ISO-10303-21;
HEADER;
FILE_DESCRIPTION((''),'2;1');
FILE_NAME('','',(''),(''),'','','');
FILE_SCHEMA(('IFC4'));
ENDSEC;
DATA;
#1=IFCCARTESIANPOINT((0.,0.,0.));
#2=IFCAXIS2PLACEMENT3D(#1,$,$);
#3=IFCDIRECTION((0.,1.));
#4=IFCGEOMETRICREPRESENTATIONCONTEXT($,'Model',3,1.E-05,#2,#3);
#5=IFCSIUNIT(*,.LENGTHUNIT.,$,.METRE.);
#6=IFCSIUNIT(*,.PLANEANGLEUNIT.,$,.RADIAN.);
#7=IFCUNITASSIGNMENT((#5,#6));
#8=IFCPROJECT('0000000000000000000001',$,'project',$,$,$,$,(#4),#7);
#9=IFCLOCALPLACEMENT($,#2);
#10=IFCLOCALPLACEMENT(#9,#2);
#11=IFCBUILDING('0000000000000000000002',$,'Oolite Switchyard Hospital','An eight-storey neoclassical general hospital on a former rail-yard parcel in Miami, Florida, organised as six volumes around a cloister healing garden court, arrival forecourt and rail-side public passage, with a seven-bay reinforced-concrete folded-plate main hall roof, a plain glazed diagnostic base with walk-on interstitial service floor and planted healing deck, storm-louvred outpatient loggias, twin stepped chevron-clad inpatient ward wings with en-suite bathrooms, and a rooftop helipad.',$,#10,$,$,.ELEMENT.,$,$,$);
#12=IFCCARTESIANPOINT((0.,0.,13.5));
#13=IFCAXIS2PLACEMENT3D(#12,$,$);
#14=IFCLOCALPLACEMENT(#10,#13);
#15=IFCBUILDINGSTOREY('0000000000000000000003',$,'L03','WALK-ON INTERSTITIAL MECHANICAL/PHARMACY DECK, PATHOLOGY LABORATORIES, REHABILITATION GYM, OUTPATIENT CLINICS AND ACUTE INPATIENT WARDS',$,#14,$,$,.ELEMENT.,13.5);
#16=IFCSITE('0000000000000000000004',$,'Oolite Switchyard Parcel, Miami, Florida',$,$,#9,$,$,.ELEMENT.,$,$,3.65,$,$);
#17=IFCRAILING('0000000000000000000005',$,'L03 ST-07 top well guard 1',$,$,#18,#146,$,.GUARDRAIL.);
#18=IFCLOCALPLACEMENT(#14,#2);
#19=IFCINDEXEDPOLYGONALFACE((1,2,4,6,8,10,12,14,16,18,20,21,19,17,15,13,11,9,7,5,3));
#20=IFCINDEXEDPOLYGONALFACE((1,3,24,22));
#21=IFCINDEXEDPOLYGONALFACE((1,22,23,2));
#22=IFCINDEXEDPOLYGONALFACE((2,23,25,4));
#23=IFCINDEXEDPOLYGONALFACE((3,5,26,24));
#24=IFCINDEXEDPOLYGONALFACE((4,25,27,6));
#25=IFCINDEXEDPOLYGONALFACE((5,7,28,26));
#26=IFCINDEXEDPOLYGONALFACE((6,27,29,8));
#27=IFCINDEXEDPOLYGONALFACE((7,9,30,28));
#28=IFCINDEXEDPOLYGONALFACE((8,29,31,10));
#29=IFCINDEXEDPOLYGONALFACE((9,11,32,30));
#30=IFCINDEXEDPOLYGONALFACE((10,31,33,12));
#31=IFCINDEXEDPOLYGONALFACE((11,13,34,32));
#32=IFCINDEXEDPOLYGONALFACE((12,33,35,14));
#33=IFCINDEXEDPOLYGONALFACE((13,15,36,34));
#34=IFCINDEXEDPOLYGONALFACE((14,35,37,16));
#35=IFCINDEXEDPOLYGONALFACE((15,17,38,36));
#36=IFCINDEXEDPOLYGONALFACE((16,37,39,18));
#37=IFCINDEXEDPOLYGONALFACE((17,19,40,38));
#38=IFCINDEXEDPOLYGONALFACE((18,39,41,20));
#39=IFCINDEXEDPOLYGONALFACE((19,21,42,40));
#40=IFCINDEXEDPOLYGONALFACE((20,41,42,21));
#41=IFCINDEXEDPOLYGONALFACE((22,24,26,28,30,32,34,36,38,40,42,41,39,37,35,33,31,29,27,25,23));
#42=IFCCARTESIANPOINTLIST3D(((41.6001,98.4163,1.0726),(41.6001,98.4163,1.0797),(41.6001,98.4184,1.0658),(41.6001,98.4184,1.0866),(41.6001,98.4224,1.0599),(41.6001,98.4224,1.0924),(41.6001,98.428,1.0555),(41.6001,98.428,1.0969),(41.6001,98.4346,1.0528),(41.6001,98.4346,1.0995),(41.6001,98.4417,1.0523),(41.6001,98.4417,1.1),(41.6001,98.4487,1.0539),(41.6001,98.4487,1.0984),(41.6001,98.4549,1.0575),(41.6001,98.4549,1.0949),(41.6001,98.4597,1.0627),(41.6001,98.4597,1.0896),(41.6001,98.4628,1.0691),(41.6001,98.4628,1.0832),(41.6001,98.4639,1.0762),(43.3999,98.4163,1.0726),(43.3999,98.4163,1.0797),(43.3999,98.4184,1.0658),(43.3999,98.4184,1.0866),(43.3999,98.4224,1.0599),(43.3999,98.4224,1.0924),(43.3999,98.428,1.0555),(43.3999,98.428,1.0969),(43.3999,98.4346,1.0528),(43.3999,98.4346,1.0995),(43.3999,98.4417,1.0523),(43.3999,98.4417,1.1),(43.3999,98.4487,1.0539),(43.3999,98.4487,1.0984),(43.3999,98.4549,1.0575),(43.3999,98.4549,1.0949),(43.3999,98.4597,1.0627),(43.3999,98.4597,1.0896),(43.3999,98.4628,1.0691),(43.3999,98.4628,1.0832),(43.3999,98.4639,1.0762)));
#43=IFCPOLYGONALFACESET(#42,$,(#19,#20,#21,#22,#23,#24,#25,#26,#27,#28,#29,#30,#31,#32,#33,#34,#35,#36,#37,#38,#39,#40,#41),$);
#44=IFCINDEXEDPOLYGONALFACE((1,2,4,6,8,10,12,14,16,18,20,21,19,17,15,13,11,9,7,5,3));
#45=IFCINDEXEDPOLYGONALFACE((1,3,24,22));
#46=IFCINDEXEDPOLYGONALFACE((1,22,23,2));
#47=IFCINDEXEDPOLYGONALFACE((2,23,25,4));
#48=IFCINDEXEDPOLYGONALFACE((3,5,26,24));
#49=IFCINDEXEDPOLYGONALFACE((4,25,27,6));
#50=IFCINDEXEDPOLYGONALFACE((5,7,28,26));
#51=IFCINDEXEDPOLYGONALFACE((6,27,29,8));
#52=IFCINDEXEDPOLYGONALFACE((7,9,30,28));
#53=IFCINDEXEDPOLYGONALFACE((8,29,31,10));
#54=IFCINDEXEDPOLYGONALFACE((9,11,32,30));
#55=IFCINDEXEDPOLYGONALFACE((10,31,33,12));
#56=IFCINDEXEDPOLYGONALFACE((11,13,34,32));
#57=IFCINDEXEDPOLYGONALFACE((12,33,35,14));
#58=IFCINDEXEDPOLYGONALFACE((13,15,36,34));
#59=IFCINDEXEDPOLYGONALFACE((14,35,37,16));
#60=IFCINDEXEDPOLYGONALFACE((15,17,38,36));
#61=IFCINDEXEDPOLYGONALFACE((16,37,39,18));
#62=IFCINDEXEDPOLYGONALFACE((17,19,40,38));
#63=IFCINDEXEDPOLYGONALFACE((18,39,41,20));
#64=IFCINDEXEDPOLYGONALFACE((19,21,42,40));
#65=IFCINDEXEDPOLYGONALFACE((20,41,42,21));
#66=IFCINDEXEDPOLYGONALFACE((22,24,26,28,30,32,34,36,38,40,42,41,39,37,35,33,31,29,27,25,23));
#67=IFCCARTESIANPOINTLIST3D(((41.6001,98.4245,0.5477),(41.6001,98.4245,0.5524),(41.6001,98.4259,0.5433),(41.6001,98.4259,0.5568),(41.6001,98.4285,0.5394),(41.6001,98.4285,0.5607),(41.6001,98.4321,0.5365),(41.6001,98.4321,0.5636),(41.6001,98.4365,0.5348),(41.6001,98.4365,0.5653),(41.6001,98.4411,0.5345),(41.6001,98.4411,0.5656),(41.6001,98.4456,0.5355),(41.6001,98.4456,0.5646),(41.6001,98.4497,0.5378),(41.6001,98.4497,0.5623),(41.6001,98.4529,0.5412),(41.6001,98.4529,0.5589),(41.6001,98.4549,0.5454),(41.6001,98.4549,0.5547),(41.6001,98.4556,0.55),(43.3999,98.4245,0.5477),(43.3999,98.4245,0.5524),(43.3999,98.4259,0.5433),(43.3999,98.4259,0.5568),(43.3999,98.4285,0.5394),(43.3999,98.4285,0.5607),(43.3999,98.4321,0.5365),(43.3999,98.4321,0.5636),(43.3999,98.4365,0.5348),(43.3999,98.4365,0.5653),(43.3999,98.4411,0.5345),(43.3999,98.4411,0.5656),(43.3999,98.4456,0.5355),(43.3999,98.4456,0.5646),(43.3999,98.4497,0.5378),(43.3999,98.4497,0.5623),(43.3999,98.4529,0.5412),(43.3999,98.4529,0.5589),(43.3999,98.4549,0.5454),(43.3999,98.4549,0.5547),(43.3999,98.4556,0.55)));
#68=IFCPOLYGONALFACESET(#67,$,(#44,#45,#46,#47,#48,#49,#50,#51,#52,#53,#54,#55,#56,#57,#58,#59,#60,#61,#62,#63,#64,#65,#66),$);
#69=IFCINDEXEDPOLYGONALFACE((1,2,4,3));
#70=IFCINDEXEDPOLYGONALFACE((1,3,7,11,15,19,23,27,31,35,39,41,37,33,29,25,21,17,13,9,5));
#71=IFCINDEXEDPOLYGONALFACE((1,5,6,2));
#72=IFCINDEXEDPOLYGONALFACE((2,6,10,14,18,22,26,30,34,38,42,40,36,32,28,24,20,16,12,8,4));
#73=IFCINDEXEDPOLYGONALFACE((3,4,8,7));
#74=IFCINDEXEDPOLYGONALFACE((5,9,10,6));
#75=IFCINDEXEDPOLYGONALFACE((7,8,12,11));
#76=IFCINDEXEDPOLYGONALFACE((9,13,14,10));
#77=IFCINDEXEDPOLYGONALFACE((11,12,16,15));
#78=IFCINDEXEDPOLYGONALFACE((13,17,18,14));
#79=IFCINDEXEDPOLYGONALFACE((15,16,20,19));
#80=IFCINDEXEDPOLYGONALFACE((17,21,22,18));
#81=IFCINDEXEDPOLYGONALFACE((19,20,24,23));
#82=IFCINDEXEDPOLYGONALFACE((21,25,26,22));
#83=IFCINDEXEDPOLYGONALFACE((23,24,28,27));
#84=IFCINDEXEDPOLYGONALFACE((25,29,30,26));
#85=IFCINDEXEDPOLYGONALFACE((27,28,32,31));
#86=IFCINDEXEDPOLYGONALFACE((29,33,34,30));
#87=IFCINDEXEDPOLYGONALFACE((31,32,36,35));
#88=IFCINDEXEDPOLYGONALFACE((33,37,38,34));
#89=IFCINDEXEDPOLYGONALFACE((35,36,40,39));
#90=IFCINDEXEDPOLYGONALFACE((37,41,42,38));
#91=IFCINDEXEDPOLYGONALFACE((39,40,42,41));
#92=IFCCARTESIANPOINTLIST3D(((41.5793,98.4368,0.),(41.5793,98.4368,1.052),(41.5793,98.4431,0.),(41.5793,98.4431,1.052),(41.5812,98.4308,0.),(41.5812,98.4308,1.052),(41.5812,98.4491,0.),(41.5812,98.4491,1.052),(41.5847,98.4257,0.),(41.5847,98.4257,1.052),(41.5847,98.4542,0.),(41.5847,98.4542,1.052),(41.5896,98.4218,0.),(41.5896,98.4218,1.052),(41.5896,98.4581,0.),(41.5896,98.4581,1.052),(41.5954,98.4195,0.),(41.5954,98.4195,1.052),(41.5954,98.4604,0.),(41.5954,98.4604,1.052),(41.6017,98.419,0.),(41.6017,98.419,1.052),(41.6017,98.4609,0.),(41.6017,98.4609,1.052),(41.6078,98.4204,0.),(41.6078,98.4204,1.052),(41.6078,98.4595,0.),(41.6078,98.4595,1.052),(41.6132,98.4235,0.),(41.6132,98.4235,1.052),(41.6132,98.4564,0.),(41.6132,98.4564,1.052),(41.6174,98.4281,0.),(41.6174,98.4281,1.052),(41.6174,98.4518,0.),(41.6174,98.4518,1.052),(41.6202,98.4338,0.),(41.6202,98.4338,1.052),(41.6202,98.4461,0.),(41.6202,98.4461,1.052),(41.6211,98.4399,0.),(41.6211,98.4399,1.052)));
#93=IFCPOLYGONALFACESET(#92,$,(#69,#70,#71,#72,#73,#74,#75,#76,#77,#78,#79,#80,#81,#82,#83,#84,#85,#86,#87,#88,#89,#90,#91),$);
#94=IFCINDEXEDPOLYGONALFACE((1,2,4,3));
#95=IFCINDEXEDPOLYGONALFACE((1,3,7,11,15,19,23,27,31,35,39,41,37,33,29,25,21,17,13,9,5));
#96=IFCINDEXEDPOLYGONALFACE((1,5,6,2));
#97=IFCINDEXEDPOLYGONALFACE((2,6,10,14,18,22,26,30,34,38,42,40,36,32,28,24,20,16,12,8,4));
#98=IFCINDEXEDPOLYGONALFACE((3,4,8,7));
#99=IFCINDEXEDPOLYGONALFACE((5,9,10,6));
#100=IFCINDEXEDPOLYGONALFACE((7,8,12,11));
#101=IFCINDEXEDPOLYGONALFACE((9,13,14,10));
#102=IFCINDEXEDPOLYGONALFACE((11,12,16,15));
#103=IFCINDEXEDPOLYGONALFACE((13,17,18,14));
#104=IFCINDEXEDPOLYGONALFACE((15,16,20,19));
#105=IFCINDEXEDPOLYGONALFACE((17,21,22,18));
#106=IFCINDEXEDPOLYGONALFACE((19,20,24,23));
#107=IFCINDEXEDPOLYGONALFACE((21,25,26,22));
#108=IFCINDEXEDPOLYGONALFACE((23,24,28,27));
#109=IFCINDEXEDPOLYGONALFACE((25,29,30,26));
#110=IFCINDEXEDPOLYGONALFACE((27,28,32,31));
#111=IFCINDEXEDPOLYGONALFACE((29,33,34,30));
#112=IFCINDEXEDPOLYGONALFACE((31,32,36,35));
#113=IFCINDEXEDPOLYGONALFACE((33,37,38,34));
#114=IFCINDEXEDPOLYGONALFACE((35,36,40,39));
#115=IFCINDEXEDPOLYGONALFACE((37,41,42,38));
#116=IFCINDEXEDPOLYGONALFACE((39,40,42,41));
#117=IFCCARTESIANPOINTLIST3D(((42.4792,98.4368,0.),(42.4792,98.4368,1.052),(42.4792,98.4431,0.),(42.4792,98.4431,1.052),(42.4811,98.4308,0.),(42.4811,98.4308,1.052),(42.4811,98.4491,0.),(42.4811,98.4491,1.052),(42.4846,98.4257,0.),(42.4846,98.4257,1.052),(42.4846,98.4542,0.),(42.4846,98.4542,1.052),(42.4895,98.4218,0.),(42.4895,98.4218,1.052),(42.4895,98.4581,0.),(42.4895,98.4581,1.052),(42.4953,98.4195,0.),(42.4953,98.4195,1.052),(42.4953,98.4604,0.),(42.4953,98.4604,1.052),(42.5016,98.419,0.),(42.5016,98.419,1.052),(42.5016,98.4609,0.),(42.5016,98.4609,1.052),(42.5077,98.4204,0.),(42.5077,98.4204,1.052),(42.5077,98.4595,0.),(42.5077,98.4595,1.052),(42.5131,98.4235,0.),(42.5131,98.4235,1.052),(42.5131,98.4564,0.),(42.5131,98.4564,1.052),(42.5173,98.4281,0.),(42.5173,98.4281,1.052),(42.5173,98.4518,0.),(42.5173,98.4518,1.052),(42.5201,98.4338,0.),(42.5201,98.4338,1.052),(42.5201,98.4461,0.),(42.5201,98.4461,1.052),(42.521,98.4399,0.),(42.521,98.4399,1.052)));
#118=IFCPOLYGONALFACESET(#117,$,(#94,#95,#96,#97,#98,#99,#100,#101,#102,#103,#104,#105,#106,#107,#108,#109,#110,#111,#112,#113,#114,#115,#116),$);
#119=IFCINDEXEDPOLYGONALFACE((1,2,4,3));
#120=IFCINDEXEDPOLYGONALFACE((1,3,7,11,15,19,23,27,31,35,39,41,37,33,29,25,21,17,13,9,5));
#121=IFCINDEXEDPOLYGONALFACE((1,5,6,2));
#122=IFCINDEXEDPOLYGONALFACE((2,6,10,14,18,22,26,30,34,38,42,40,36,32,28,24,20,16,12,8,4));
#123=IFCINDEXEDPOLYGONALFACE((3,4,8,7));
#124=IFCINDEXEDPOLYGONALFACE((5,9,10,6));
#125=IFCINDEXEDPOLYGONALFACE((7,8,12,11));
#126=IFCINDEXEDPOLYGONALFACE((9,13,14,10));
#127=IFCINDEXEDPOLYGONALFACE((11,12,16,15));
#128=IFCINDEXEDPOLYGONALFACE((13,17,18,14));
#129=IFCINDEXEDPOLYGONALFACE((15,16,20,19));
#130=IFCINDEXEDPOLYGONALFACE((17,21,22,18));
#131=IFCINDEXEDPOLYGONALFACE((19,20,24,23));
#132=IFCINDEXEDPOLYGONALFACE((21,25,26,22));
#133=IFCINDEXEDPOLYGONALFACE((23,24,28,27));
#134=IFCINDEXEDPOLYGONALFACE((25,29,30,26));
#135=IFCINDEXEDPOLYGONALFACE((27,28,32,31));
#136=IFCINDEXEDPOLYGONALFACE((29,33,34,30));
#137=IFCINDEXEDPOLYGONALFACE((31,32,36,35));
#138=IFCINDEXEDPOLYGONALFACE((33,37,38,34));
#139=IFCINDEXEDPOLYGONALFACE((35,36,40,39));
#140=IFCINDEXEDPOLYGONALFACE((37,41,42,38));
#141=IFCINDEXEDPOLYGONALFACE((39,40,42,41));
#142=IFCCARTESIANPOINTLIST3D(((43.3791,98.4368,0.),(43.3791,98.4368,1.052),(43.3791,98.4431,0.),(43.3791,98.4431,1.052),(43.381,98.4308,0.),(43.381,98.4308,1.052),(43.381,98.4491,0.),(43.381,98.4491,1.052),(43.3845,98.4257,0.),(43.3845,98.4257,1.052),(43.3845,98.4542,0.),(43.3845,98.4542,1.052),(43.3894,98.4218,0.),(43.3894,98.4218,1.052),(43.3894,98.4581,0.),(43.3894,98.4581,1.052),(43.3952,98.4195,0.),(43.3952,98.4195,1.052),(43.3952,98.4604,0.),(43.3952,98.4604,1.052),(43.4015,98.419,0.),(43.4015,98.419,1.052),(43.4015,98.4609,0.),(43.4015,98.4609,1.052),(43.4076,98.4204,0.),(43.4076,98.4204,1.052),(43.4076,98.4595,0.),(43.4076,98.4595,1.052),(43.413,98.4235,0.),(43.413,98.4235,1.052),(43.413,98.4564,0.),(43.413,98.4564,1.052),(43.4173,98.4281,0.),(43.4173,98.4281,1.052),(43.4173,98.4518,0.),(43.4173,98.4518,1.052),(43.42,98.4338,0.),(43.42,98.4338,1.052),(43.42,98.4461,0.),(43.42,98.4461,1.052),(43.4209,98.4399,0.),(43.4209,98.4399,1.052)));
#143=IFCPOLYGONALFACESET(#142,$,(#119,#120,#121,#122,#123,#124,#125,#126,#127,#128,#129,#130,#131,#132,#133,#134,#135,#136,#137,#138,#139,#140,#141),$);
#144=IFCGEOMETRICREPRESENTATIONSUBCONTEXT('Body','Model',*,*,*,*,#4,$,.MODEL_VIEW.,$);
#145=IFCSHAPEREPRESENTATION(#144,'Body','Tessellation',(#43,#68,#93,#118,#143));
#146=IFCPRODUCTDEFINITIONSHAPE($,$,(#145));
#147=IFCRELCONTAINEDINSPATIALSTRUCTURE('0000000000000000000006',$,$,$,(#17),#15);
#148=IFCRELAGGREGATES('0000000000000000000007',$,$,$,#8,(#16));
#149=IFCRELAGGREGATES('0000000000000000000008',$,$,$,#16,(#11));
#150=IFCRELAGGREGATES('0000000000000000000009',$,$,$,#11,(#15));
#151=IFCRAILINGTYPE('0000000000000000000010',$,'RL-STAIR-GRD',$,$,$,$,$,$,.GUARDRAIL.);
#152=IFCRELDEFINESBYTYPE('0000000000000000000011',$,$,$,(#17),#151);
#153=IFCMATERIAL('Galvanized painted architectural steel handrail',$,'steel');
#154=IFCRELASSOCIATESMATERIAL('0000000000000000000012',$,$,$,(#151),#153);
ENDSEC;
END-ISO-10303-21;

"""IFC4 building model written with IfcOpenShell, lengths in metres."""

from ifc_helpers import new_model, si_unit, direction, frame, origin, origin_2d, place, context, subcontext, project, spatial, circle, extrude, material, type_object, element, save


model = new_model("IFC4")

# Units and contexts
model_context = context("Model", 3, precision=1e-05, world=origin(), true_north=direction((0.0, 1.0)))
body_context = subcontext(model_context, "Body", "Model", "MODEL_VIEW")
ifc_project = project(units=[si_unit("LENGTHUNIT", "METRE"), si_unit("PLANEANGLEUNIT", "RADIAN")], contexts=[model_context])

# Site, building, storey
site_placement = place(None, origin())
site = spatial("IfcSite", under=ifc_project, at=site_placement, Name="Oolite Switchyard Parcel, Miami, Florida", CompositionType="ELEMENT", RefElevation=3.65)
building_placement = place(site_placement, origin())
building = spatial("IfcBuilding", under=site, at=building_placement, Name="Oolite Switchyard Hospital", Description="An eight-storey neoclassical general hospital on a former rail-yard parcel in Miami, Florida, organised as six volumes around a cloister healing garden court, arrival forecourt and rail-side public passage, with a seven-bay reinforced-concrete folded-plate main hall roof, a plain glazed diagnostic base with walk-on interstitial service floor and planted healing deck, storm-louvred outpatient loggias, twin stepped chevron-clad inpatient ward wings with en-suite bathrooms, and a rooftop helipad.", CompositionType="ELEMENT")
storey_placement = place(building_placement, frame((0.0, 0.0, 13.5)))
storey = spatial("IfcBuildingStorey", under=building, at=storey_placement, Name="L03", Description="WALK-ON INTERSTITIAL MECHANICAL/PHARMACY DECK, PATHOLOGY LABORATORIES, REHABILITATION GYM, OUTPATIENT CLINICS AND ACUTE INPATIENT WARDS", CompositionType="ELEMENT", Elevation=13.5)

# Railing
ifc_material_1 = material(Name="Galvanized painted architectural steel handrail", Category="steel")
railing_type = type_object("IfcRailingType", Name="RL-STAIR-GRD", PredefinedType="GUARDRAIL", material=ifc_material_1)
railing_placement = place(storey_placement, frame((41.6001, 98.4399, 0.0)))
element("IfcRailing", 1, at=railing_placement, inside=storey, type_object=railing_type, Name="L03 ST-07 top well guard 1", PredefinedType="GUARDRAIL", context=body_context, shape_type="SweptSolid", body=[
    extrude(circle(Radius=0.0239, at=origin_2d()), frame((0.0, 0.0, 1.0762), z_axis=(1.0, 0.0, 0.0), x_axis=(0.0, 1.0, 0.0)), (0.0, 0.0, 1.0), 1.7998),
    extrude(circle(Radius=0.0156, at=origin_2d()), frame((0.0, 0.0, 0.55), z_axis=(1.0, 0.0, 0.0), x_axis=(0.0, 1.0, 0.0)), (0.0, 0.0, 1.0), 1.7998),
    extrude(circle(Radius=0.021, at=origin_2d()), origin(), (0.0, 0.0, 1.0), 1.052),
    extrude(circle(Radius=0.021, at=origin_2d()), frame((0.8999, 0.0, 0.0)), (0.0, 0.0, 1.0), 1.052),
    extrude(circle(Radius=0.021, at=origin_2d()), frame((1.7998, 0.0, 0.0)), (0.0, 0.0, 1.0), 1.052),
])

save(model, "model.ifc")
